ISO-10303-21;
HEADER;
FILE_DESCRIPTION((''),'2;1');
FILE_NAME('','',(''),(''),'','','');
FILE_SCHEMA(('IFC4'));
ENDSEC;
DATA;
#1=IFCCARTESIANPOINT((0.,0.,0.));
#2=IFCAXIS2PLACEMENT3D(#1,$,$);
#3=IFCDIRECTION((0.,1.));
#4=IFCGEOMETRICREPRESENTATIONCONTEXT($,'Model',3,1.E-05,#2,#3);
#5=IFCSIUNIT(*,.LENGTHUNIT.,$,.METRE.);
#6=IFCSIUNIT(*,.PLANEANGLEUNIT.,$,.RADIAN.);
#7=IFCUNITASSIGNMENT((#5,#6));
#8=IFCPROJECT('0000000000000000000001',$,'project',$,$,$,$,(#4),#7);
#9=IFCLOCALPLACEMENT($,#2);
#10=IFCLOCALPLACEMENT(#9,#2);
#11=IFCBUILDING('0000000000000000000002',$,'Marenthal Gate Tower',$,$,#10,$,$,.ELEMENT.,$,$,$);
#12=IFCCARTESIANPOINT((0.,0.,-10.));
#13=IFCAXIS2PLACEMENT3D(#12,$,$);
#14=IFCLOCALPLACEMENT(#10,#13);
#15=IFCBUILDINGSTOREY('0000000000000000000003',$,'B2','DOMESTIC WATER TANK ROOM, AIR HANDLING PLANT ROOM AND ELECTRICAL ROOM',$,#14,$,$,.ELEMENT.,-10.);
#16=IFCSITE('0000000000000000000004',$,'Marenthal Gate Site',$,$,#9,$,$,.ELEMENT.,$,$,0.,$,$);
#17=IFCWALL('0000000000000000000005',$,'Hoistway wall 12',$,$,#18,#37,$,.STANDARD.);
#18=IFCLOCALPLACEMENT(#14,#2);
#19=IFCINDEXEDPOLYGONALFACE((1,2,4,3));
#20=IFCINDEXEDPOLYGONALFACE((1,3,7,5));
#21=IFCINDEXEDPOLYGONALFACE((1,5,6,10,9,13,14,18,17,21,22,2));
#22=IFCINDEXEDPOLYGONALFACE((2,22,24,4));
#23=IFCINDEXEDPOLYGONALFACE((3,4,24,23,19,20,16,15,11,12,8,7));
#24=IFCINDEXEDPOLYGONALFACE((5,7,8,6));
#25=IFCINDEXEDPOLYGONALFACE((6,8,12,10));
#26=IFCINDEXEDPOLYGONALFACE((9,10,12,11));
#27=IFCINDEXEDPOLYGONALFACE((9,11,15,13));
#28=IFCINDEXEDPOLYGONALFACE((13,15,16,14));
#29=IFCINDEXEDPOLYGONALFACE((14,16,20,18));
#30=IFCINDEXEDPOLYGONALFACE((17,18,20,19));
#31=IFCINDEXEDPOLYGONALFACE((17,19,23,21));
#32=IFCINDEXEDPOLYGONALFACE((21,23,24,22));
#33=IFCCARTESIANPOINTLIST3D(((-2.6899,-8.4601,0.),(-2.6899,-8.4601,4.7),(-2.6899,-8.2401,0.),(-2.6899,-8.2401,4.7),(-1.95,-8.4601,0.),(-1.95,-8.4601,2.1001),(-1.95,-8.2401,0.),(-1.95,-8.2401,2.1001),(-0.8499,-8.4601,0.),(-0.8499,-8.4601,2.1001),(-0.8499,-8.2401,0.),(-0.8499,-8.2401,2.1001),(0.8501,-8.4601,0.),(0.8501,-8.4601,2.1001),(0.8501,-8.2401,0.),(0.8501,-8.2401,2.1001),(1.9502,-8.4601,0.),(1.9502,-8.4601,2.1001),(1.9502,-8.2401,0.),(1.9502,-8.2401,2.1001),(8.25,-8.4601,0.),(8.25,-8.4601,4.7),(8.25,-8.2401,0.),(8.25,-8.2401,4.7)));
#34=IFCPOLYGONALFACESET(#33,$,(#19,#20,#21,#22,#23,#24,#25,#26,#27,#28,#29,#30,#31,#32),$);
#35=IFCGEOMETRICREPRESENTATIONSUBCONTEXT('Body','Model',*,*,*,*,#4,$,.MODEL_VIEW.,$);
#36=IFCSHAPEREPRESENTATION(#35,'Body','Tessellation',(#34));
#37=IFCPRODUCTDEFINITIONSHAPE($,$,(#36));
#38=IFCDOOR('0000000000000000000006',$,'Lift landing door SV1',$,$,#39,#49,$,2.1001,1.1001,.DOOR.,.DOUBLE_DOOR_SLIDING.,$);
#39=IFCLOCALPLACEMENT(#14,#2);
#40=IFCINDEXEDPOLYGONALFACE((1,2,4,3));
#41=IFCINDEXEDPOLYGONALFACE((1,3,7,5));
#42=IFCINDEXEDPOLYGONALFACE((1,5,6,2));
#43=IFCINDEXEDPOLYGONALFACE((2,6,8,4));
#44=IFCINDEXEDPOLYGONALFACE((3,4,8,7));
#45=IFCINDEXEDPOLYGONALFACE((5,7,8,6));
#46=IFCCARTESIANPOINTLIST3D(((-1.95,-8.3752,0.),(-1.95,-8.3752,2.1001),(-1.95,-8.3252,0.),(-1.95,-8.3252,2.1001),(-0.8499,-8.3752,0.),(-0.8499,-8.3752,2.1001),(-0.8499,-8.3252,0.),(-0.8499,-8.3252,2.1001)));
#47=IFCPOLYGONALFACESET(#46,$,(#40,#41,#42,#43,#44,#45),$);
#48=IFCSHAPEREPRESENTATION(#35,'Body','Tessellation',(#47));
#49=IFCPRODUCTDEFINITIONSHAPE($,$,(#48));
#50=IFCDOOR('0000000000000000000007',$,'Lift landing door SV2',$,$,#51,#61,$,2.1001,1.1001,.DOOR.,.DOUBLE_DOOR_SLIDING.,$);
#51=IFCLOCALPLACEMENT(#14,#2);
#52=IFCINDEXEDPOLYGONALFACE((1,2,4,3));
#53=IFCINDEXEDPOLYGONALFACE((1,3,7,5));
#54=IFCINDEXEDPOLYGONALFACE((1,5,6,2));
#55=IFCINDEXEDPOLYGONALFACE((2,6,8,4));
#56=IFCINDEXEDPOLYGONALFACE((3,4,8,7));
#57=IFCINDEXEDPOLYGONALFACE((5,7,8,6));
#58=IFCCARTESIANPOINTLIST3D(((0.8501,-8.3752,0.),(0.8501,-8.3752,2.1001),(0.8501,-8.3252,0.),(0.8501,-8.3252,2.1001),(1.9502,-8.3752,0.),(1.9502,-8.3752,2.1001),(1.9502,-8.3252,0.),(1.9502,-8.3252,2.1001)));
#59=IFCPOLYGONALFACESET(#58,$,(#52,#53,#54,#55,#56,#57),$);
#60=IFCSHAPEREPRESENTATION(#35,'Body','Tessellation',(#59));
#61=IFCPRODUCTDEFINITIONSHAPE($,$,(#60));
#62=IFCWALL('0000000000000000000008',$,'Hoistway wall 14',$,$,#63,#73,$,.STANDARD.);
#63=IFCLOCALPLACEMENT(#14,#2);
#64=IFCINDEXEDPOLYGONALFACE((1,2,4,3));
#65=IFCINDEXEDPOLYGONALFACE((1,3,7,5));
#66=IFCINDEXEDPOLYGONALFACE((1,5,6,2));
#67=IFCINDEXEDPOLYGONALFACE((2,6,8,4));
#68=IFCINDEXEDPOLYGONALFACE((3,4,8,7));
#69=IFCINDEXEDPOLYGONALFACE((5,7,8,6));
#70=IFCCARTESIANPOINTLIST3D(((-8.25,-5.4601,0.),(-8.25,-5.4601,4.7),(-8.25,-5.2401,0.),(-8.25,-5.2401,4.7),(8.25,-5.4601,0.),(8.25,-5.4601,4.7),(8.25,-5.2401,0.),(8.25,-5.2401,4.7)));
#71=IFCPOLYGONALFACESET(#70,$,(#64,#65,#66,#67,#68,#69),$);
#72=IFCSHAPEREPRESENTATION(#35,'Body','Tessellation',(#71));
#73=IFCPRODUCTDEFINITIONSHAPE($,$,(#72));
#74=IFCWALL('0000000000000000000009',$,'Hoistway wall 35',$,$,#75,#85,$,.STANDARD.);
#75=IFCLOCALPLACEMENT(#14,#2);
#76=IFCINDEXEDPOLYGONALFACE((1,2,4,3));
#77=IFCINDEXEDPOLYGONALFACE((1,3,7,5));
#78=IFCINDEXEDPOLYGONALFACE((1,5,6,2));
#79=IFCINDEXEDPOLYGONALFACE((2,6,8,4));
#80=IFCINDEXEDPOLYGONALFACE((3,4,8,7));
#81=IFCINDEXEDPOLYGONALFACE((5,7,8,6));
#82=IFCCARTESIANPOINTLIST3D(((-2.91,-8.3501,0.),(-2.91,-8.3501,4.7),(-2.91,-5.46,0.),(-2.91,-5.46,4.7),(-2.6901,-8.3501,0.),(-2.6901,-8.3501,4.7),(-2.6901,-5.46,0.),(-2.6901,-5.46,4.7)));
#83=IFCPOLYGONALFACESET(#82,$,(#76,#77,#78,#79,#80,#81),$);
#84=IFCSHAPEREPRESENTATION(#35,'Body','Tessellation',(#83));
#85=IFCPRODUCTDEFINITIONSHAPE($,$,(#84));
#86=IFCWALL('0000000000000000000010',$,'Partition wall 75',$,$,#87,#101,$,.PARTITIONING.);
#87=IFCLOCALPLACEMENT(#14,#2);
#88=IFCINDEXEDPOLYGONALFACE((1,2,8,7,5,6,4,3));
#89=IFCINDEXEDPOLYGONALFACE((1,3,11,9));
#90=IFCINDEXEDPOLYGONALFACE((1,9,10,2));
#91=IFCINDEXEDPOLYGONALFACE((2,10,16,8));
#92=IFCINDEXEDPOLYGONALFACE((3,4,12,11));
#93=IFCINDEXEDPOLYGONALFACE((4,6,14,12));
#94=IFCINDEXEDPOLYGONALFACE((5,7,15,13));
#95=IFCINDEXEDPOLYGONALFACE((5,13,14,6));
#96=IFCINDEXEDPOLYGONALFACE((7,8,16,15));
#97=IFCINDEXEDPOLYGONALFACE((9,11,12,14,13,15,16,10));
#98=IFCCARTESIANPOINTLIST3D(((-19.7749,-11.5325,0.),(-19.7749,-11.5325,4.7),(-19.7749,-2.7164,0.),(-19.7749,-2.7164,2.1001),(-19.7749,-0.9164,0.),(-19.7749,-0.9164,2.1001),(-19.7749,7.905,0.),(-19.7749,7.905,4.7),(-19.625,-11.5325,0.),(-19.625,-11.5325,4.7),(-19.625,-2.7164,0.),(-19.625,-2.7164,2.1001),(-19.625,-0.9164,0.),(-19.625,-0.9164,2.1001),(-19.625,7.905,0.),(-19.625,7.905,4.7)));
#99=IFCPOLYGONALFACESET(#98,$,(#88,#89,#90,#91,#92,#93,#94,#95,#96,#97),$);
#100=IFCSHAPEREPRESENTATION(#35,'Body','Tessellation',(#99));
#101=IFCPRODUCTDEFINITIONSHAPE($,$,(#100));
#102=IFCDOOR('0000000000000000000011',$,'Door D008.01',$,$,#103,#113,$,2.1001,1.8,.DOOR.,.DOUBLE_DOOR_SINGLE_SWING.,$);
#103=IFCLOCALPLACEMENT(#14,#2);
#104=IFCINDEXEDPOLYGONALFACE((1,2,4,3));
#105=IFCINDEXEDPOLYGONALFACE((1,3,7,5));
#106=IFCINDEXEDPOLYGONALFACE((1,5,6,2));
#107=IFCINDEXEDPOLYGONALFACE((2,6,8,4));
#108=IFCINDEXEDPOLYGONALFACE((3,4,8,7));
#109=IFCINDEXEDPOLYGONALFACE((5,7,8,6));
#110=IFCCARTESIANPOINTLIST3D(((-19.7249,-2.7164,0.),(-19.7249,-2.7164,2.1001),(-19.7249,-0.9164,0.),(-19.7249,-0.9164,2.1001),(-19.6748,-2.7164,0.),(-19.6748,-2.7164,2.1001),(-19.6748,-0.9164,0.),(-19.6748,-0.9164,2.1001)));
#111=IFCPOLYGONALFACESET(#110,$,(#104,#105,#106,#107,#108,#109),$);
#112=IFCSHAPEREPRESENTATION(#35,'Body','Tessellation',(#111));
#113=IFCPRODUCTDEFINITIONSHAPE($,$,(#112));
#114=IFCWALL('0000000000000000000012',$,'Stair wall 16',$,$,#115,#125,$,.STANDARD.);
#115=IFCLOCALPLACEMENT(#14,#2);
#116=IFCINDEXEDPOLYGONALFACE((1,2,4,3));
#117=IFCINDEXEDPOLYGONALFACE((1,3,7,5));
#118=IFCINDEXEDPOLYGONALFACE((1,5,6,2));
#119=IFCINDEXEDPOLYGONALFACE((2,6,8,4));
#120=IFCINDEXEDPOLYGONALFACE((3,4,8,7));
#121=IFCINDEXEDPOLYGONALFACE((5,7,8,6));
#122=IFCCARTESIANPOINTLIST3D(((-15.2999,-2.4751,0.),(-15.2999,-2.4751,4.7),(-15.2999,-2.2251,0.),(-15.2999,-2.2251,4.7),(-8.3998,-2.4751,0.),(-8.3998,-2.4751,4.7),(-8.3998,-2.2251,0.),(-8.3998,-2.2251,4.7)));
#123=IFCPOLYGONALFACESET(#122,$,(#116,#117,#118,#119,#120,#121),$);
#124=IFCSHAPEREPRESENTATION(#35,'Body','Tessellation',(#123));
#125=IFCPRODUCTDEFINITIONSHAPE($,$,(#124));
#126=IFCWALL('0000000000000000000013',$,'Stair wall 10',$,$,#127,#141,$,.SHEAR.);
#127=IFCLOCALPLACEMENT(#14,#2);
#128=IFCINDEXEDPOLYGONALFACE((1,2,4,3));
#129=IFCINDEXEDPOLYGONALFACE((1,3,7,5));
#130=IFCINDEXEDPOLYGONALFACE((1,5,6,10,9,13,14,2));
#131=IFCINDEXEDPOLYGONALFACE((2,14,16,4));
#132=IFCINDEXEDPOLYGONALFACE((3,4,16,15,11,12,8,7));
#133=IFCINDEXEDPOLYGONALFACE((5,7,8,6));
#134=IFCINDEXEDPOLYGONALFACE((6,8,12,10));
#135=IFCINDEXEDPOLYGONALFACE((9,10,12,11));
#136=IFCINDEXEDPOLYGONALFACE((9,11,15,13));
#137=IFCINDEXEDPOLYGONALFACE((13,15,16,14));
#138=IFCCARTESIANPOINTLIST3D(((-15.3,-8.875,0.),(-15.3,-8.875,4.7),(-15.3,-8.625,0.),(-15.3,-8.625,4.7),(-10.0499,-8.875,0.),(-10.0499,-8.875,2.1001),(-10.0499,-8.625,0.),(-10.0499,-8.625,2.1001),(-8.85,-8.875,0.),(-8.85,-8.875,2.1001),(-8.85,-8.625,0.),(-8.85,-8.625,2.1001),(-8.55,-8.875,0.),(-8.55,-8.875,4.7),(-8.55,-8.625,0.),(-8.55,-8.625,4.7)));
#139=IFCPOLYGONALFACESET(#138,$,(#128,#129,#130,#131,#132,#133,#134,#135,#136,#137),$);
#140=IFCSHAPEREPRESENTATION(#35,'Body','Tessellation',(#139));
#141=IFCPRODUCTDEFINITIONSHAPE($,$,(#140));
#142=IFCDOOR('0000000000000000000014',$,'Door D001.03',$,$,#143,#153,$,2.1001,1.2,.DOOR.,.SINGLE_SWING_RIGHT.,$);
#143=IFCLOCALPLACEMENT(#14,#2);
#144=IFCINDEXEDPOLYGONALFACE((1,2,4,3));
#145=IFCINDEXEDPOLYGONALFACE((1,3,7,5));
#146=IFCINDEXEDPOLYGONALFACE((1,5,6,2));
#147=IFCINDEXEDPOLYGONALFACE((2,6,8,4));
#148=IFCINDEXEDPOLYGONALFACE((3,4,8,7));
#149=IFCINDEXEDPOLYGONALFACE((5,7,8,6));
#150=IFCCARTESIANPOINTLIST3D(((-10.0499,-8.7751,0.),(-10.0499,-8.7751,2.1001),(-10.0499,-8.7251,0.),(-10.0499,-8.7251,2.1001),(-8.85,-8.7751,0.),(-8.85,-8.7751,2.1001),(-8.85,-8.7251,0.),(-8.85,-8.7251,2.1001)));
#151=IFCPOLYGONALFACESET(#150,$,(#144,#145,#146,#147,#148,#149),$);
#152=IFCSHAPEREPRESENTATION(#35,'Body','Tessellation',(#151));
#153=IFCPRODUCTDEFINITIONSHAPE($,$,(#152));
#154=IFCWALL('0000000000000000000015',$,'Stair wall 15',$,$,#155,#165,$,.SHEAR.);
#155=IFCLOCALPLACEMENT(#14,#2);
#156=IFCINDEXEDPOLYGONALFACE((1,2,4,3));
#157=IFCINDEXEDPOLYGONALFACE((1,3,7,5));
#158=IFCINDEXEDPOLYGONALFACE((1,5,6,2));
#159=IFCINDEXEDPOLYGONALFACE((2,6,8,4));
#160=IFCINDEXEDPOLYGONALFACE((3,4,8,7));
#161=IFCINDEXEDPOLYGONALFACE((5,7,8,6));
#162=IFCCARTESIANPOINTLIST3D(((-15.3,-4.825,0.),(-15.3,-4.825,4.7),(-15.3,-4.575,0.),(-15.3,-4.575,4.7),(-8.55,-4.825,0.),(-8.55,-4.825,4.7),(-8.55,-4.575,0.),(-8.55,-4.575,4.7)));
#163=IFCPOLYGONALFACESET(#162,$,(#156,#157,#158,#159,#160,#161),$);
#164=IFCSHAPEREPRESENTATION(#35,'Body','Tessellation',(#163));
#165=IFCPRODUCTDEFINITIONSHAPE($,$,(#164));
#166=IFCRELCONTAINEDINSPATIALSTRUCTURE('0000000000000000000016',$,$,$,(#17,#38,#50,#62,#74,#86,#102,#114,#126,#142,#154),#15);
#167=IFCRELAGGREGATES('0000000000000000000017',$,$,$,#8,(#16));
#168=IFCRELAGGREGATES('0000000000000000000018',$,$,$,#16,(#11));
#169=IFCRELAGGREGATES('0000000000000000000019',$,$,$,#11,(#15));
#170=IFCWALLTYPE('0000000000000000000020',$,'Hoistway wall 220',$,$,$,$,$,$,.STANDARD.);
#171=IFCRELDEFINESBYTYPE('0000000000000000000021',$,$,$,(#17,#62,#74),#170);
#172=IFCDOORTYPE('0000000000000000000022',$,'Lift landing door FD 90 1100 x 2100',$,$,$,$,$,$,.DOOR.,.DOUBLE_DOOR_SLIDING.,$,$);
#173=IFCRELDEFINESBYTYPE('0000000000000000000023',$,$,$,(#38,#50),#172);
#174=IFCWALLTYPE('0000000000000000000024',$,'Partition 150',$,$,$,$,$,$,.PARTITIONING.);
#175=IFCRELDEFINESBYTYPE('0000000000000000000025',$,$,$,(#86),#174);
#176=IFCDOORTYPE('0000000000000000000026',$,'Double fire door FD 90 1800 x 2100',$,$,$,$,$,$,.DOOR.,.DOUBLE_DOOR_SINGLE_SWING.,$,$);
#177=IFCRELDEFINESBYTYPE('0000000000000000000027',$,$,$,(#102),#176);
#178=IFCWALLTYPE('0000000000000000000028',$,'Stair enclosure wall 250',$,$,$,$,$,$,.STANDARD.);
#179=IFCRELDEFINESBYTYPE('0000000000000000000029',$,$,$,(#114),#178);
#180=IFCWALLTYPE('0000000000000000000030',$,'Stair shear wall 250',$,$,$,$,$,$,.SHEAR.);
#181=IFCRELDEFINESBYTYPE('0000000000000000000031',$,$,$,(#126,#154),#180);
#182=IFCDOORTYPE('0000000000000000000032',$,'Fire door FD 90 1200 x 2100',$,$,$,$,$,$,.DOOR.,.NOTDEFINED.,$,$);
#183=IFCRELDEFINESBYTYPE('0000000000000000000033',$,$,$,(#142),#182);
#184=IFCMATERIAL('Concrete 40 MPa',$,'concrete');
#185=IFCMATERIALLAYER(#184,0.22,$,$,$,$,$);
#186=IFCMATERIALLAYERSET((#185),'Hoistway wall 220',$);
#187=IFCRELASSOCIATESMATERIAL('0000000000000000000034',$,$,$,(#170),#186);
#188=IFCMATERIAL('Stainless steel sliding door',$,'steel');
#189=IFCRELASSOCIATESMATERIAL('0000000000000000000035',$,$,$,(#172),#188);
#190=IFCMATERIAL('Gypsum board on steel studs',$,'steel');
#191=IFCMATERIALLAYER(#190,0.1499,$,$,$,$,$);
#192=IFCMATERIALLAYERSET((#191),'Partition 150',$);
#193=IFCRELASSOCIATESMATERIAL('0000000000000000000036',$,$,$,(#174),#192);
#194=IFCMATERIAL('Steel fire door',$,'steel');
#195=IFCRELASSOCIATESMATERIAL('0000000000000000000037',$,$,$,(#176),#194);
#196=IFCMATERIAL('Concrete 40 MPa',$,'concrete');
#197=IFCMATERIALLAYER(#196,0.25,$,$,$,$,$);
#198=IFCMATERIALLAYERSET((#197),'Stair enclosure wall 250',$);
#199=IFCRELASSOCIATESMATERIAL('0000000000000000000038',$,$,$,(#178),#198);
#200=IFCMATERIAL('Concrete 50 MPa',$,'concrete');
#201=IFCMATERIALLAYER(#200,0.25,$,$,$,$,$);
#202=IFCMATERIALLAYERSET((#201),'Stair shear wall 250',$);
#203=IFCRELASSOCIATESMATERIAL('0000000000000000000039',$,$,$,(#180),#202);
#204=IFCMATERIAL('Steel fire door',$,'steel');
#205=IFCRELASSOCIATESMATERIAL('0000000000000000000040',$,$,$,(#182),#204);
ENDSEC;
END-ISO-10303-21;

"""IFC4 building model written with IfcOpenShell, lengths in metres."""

from ifc_helpers import new_model, si_unit, direction, frame, frame_2d, origin, place, context, subcontext, project, spatial, rectangle, extrude, material, layer, layer_set, type_object, element, fill, save


model = new_model("IFC4")

# Units and contexts
model_context = context("Model", 3, precision=1e-05, world=origin(), true_north=direction((0.0, 1.0)))
body_context = subcontext(model_context, "Body", "Model", "MODEL_VIEW")
ifc_project = project(units=[si_unit("LENGTHUNIT", "METRE"), si_unit("PLANEANGLEUNIT", "RADIAN")], contexts=[model_context])

# Site, building, storey
site_placement = place(None, origin())
site = spatial("IfcSite", under=ifc_project, at=site_placement, Name="Marenthal Gate Site", CompositionType="ELEMENT", RefElevation=0.0)
building_placement = place(site_placement, origin())
building = spatial("IfcBuilding", under=site, at=building_placement, Name="Marenthal Gate Tower", CompositionType="ELEMENT")
storey_placement = place(building_placement, frame((0.0, 0.0, -10.0)))
storey = spatial("IfcBuildingStorey", under=building, at=storey_placement, Name="B2", Description="DOMESTIC WATER TANK ROOM, AIR HANDLING PLANT ROOM AND ELECTRICAL ROOM", CompositionType="ELEMENT", Elevation=-10.0)

# Wall, openings, doors
ifc_material_1 = material(Name="Concrete 40 MPa", Category="concrete")
ifc_layer_1 = layer(ifc_material_1, 0.22)
ifc_layer_set_1 = layer_set([ifc_layer_1], Name="Hoistway wall 220")
wall_type_1 = type_object("IfcWallType", Name="Hoistway wall 220", PredefinedType="STANDARD", material=ifc_layer_set_1)
ifc_material_2 = material(Name="Stainless steel sliding door", Category="steel")
door_type_1 = type_object("IfcDoorType", Name="Lift landing door FD 90 1100 x 2100", OperationType="DOUBLE_DOOR_SLIDING", PredefinedType="DOOR", material=ifc_material_2)
wall_1_placement = place(storey_placement, frame((-2.6899, -8.3501, 0.0), z_axis=(0.0, 0.0, 1.0), x_axis=(1.0, 0.0, 0.0)))
wall_1 = element("IfcWall", 1, at=wall_1_placement, inside=storey, type_object=wall_type_1, Name="Hoistway wall 12", PredefinedType="STANDARD", context=body_context, shape_type="SweptSolid", body=[
    extrude(rectangle(XDim=10.9399, YDim=0.22, at=frame_2d((5.47, 0.0))), origin(), (0.0, 0.0, 1.0), 4.7),
])
opening_1_placement = place(wall_1_placement, frame((0.74, 0.0, 0.0)))
opening_1 = element("IfcOpeningElement", 2, at=opening_1_placement, cuts=wall_1, PredefinedType="OPENING", context=body_context, shape_type="SweptSolid", body=[
    extrude(rectangle(XDim=1.1001, YDim=2.1001, at=frame_2d((0.55, 1.05))), frame((0.0, 0.1201, 0.0), z_axis=(0.0, -1.0, 0.0), x_axis=(1.0, 0.0, 0.0)), (0.0, 0.0, 1.0), 0.24),
])
opening_2_placement = place(wall_1_placement, frame((3.54, 0.0, 0.0)))
opening_2 = element("IfcOpeningElement", 3, at=opening_2_placement, cuts=wall_1, PredefinedType="OPENING", context=body_context, shape_type="SweptSolid", body=[
    extrude(rectangle(XDim=1.1001, YDim=2.1001, at=frame_2d((0.55, 1.05))), frame((0.0, 0.1201, 0.0), z_axis=(0.0, -1.0, 0.0), x_axis=(1.0, 0.0, 0.0)), (0.0, 0.0, 1.0), 0.24),
])
door_1_placement = place(opening_1_placement, origin())
door_1 = element("IfcDoor", 4, at=door_1_placement, inside=storey, type_object=door_type_1, Name="Lift landing door SV1", OperationType="DOUBLE_DOOR_SLIDING", OverallHeight=2.1001, OverallWidth=1.1001, PredefinedType="DOOR", context=body_context, shape_type="SweptSolid", body=[
    extrude(rectangle(XDim=1.1001, YDim=2.1001, at=frame_2d((0.55, 1.05))), frame((0.0, 0.0249, 0.0), z_axis=(0.0, -1.0, 0.0), x_axis=(1.0, 0.0, 0.0)), (0.0, 0.0, 1.0), 0.05),
])
fill(opening_1, door_1)
door_2_placement = place(opening_2_placement, origin())
door_2 = element("IfcDoor", 5, at=door_2_placement, inside=storey, type_object=door_type_1, Name="Lift landing door SV2", OperationType="DOUBLE_DOOR_SLIDING", OverallHeight=2.1001, OverallWidth=1.1001, PredefinedType="DOOR", context=body_context, shape_type="SweptSolid", body=[
    extrude(rectangle(XDim=1.1001, YDim=2.1001, at=frame_2d((0.55, 1.05))), frame((0.0, 0.0249, 0.0), z_axis=(0.0, -1.0, 0.0), x_axis=(1.0, 0.0, 0.0)), (0.0, 0.0, 1.0), 0.05),
])
fill(opening_2, door_2)

# Walls
wall_2_placement = place(storey_placement, frame((-8.25, -5.3501, 0.0), z_axis=(0.0, 0.0, 1.0), x_axis=(1.0, 0.0, 0.0)))
element("IfcWall", 6, at=wall_2_placement, inside=storey, type_object=wall_type_1, Name="Hoistway wall 14", PredefinedType="STANDARD", context=body_context, shape_type="SweptSolid", body=[
    extrude(rectangle(XDim=16.5, YDim=0.22, at=frame_2d((8.25, 0.0))), origin(), (0.0, 0.0, 1.0), 4.7),
])
wall_3_placement = place(storey_placement, frame((-2.8, -8.3501, 0.0), z_axis=(0.0, 0.0, 1.0), x_axis=(0.0, 1.0, 0.0)))
element("IfcWall", 7, at=wall_3_placement, inside=storey, type_object=wall_type_1, Name="Hoistway wall 35", PredefinedType="STANDARD", context=body_context, shape_type="SweptSolid", body=[
    extrude(rectangle(XDim=2.8901, YDim=0.22, at=frame_2d((1.4451, 0.0))), origin(), (0.0, 0.0, 1.0), 4.7),
])

# Wall, opening, door
ifc_material_3 = material(Name="Gypsum board on steel studs", Category="steel")
ifc_layer_2 = layer(ifc_material_3, 0.1499)
ifc_layer_set_2 = layer_set([ifc_layer_2], Name="Partition 150")
wall_type_2 = type_object("IfcWallType", Name="Partition 150", PredefinedType="PARTITIONING", material=ifc_layer_set_2)
wall_4_placement = place(storey_placement, frame((-19.7, -11.5325, 0.0), z_axis=(0.0, 0.0, 1.0), x_axis=(0.0, 1.0, 0.0)))
wall_4 = element("IfcWall", 8, at=wall_4_placement, inside=storey, type_object=wall_type_2, Name="Partition wall 75", PredefinedType="PARTITIONING", context=body_context, shape_type="SweptSolid", body=[
    extrude(rectangle(XDim=19.4375, YDim=0.1499, at=frame_2d((9.7188, 0.0))), origin(), (0.0, 0.0, 1.0), 4.7),
])
opening_3_placement = place(wall_4_placement, frame((8.8162, 0.0, 0.0)))
opening_3 = element("IfcOpeningElement", 9, at=opening_3_placement, cuts=wall_4, PredefinedType="OPENING", context=body_context, shape_type="SweptSolid", body=[
    extrude(rectangle(XDim=1.8, YDim=2.1001, at=frame_2d((0.8999, 1.05))), frame((0.0, 0.085, 0.0), z_axis=(0.0, -1.0, 0.0), x_axis=(1.0, 0.0, 0.0)), (0.0, 0.0, 1.0), 0.1699),
])
ifc_material_4 = material(Name="Steel fire door", Category="steel")
door_type_2 = type_object("IfcDoorType", Name="Double fire door FD 90 1800 x 2100", OperationType="DOUBLE_DOOR_SINGLE_SWING", PredefinedType="DOOR", material=ifc_material_4)
door_3_placement = place(opening_3_placement, origin())
door_3 = element("IfcDoor", 10, at=door_3_placement, inside=storey, type_object=door_type_2, Name="Door D008.01", OperationType="DOUBLE_DOOR_SINGLE_SWING", OverallHeight=2.1001, OverallWidth=1.8, PredefinedType="DOOR", context=body_context, shape_type="SweptSolid", body=[
    extrude(rectangle(XDim=1.8, YDim=2.1001, at=frame_2d((0.8999, 1.05))), frame((0.0, 0.0249, 0.0), z_axis=(0.0, -1.0, 0.0), x_axis=(1.0, 0.0, 0.0)), (0.0, 0.0, 1.0), 0.05),
])
fill(opening_3, door_3)

# Wall
ifc_material_5 = material(Name="Concrete 40 MPa", Category="concrete")
ifc_layer_3 = layer(ifc_material_5, 0.25)
ifc_layer_set_3 = layer_set([ifc_layer_3], Name="Stair enclosure wall 250")
wall_type_3 = type_object("IfcWallType", Name="Stair enclosure wall 250", PredefinedType="STANDARD", material=ifc_layer_set_3)
wall_5_placement = place(storey_placement, frame((-15.3, -2.3501, 0.0), z_axis=(0.0, 0.0, 1.0), x_axis=(1.0, 0.0, 0.0)))
element("IfcWall", 11, at=wall_5_placement, inside=storey, type_object=wall_type_3, Name="Stair wall 16", PredefinedType="STANDARD", context=body_context, shape_type="SweptSolid", body=[
    extrude(rectangle(XDim=6.9001, YDim=0.25, at=frame_2d((3.4502, 0.0))), origin(), (0.0, 0.0, 1.0), 4.7),
])

# Wall, opening, door
ifc_material_6 = material(Name="Concrete 50 MPa", Category="concrete")
ifc_layer_4 = layer(ifc_material_6, 0.25)
ifc_layer_set_4 = layer_set([ifc_layer_4], Name="Stair shear wall 250")
wall_type_4 = type_object("IfcWallType", Name="Stair shear wall 250", PredefinedType="SHEAR", material=ifc_layer_set_4)
wall_6_placement = place(storey_placement, frame((-15.3, -8.75, 0.0), z_axis=(0.0, 0.0, 1.0), x_axis=(1.0, 0.0, 0.0)))
wall_6 = element("IfcWall", 12, at=wall_6_placement, inside=storey, type_object=wall_type_4, Name="Stair wall 10", PredefinedType="SHEAR", context=body_context, shape_type="SweptSolid", body=[
    extrude(rectangle(XDim=6.75, YDim=0.25, at=frame_2d((3.375, 0.0))), origin(), (0.0, 0.0, 1.0), 4.7),
])
opening_4_placement = place(wall_6_placement, frame((5.25, 0.0, 0.0)))
opening_4 = element("IfcOpeningElement", 13, at=opening_4_placement, cuts=wall_6, PredefinedType="OPENING", context=body_context, shape_type="SweptSolid", body=[
    extrude(rectangle(XDim=1.2, YDim=2.1001, at=frame_2d((0.6001, 1.05))), frame((0.0, 0.135, 0.0), z_axis=(0.0, -1.0, 0.0), x_axis=(1.0, 0.0, 0.0)), (0.0, 0.0, 1.0), 0.27),
])
ifc_material_7 = material(Name="Steel fire door", Category="steel")
door_type_3 = type_object("IfcDoorType", Name="Fire door FD 90 1200 x 2100", OperationType="NOTDEFINED", PredefinedType="DOOR", material=ifc_material_7)
door_4_placement = place(opening_4_placement, origin())
door_4 = element("IfcDoor", 14, at=door_4_placement, inside=storey, type_object=door_type_3, Name="Door D001.03", OperationType="SINGLE_SWING_RIGHT", OverallHeight=2.1001, OverallWidth=1.2, PredefinedType="DOOR", context=body_context, shape_type="SweptSolid", body=[
    extrude(rectangle(XDim=1.2, YDim=2.1001, at=frame_2d((0.6001, 1.05))), frame((0.0, 0.0249, 0.0), z_axis=(0.0, -1.0, 0.0), x_axis=(1.0, 0.0, 0.0)), (0.0, 0.0, 1.0), 0.05),
])
fill(opening_4, door_4)

# Wall
wall_7_placement = place(storey_placement, frame((-15.3, -4.7, 0.0), z_axis=(0.0, 0.0, 1.0), x_axis=(1.0, 0.0, 0.0)))
element("IfcWall", 15, at=wall_7_placement, inside=storey, type_object=wall_type_4, Name="Stair wall 15", PredefinedType="SHEAR", context=body_context, shape_type="SweptSolid", body=[
    extrude(rectangle(XDim=6.75, YDim=0.25, at=frame_2d((3.375, 0.0))), origin(), (0.0, 0.0, 1.0), 4.7),
])

save(model, "model.ifc")
